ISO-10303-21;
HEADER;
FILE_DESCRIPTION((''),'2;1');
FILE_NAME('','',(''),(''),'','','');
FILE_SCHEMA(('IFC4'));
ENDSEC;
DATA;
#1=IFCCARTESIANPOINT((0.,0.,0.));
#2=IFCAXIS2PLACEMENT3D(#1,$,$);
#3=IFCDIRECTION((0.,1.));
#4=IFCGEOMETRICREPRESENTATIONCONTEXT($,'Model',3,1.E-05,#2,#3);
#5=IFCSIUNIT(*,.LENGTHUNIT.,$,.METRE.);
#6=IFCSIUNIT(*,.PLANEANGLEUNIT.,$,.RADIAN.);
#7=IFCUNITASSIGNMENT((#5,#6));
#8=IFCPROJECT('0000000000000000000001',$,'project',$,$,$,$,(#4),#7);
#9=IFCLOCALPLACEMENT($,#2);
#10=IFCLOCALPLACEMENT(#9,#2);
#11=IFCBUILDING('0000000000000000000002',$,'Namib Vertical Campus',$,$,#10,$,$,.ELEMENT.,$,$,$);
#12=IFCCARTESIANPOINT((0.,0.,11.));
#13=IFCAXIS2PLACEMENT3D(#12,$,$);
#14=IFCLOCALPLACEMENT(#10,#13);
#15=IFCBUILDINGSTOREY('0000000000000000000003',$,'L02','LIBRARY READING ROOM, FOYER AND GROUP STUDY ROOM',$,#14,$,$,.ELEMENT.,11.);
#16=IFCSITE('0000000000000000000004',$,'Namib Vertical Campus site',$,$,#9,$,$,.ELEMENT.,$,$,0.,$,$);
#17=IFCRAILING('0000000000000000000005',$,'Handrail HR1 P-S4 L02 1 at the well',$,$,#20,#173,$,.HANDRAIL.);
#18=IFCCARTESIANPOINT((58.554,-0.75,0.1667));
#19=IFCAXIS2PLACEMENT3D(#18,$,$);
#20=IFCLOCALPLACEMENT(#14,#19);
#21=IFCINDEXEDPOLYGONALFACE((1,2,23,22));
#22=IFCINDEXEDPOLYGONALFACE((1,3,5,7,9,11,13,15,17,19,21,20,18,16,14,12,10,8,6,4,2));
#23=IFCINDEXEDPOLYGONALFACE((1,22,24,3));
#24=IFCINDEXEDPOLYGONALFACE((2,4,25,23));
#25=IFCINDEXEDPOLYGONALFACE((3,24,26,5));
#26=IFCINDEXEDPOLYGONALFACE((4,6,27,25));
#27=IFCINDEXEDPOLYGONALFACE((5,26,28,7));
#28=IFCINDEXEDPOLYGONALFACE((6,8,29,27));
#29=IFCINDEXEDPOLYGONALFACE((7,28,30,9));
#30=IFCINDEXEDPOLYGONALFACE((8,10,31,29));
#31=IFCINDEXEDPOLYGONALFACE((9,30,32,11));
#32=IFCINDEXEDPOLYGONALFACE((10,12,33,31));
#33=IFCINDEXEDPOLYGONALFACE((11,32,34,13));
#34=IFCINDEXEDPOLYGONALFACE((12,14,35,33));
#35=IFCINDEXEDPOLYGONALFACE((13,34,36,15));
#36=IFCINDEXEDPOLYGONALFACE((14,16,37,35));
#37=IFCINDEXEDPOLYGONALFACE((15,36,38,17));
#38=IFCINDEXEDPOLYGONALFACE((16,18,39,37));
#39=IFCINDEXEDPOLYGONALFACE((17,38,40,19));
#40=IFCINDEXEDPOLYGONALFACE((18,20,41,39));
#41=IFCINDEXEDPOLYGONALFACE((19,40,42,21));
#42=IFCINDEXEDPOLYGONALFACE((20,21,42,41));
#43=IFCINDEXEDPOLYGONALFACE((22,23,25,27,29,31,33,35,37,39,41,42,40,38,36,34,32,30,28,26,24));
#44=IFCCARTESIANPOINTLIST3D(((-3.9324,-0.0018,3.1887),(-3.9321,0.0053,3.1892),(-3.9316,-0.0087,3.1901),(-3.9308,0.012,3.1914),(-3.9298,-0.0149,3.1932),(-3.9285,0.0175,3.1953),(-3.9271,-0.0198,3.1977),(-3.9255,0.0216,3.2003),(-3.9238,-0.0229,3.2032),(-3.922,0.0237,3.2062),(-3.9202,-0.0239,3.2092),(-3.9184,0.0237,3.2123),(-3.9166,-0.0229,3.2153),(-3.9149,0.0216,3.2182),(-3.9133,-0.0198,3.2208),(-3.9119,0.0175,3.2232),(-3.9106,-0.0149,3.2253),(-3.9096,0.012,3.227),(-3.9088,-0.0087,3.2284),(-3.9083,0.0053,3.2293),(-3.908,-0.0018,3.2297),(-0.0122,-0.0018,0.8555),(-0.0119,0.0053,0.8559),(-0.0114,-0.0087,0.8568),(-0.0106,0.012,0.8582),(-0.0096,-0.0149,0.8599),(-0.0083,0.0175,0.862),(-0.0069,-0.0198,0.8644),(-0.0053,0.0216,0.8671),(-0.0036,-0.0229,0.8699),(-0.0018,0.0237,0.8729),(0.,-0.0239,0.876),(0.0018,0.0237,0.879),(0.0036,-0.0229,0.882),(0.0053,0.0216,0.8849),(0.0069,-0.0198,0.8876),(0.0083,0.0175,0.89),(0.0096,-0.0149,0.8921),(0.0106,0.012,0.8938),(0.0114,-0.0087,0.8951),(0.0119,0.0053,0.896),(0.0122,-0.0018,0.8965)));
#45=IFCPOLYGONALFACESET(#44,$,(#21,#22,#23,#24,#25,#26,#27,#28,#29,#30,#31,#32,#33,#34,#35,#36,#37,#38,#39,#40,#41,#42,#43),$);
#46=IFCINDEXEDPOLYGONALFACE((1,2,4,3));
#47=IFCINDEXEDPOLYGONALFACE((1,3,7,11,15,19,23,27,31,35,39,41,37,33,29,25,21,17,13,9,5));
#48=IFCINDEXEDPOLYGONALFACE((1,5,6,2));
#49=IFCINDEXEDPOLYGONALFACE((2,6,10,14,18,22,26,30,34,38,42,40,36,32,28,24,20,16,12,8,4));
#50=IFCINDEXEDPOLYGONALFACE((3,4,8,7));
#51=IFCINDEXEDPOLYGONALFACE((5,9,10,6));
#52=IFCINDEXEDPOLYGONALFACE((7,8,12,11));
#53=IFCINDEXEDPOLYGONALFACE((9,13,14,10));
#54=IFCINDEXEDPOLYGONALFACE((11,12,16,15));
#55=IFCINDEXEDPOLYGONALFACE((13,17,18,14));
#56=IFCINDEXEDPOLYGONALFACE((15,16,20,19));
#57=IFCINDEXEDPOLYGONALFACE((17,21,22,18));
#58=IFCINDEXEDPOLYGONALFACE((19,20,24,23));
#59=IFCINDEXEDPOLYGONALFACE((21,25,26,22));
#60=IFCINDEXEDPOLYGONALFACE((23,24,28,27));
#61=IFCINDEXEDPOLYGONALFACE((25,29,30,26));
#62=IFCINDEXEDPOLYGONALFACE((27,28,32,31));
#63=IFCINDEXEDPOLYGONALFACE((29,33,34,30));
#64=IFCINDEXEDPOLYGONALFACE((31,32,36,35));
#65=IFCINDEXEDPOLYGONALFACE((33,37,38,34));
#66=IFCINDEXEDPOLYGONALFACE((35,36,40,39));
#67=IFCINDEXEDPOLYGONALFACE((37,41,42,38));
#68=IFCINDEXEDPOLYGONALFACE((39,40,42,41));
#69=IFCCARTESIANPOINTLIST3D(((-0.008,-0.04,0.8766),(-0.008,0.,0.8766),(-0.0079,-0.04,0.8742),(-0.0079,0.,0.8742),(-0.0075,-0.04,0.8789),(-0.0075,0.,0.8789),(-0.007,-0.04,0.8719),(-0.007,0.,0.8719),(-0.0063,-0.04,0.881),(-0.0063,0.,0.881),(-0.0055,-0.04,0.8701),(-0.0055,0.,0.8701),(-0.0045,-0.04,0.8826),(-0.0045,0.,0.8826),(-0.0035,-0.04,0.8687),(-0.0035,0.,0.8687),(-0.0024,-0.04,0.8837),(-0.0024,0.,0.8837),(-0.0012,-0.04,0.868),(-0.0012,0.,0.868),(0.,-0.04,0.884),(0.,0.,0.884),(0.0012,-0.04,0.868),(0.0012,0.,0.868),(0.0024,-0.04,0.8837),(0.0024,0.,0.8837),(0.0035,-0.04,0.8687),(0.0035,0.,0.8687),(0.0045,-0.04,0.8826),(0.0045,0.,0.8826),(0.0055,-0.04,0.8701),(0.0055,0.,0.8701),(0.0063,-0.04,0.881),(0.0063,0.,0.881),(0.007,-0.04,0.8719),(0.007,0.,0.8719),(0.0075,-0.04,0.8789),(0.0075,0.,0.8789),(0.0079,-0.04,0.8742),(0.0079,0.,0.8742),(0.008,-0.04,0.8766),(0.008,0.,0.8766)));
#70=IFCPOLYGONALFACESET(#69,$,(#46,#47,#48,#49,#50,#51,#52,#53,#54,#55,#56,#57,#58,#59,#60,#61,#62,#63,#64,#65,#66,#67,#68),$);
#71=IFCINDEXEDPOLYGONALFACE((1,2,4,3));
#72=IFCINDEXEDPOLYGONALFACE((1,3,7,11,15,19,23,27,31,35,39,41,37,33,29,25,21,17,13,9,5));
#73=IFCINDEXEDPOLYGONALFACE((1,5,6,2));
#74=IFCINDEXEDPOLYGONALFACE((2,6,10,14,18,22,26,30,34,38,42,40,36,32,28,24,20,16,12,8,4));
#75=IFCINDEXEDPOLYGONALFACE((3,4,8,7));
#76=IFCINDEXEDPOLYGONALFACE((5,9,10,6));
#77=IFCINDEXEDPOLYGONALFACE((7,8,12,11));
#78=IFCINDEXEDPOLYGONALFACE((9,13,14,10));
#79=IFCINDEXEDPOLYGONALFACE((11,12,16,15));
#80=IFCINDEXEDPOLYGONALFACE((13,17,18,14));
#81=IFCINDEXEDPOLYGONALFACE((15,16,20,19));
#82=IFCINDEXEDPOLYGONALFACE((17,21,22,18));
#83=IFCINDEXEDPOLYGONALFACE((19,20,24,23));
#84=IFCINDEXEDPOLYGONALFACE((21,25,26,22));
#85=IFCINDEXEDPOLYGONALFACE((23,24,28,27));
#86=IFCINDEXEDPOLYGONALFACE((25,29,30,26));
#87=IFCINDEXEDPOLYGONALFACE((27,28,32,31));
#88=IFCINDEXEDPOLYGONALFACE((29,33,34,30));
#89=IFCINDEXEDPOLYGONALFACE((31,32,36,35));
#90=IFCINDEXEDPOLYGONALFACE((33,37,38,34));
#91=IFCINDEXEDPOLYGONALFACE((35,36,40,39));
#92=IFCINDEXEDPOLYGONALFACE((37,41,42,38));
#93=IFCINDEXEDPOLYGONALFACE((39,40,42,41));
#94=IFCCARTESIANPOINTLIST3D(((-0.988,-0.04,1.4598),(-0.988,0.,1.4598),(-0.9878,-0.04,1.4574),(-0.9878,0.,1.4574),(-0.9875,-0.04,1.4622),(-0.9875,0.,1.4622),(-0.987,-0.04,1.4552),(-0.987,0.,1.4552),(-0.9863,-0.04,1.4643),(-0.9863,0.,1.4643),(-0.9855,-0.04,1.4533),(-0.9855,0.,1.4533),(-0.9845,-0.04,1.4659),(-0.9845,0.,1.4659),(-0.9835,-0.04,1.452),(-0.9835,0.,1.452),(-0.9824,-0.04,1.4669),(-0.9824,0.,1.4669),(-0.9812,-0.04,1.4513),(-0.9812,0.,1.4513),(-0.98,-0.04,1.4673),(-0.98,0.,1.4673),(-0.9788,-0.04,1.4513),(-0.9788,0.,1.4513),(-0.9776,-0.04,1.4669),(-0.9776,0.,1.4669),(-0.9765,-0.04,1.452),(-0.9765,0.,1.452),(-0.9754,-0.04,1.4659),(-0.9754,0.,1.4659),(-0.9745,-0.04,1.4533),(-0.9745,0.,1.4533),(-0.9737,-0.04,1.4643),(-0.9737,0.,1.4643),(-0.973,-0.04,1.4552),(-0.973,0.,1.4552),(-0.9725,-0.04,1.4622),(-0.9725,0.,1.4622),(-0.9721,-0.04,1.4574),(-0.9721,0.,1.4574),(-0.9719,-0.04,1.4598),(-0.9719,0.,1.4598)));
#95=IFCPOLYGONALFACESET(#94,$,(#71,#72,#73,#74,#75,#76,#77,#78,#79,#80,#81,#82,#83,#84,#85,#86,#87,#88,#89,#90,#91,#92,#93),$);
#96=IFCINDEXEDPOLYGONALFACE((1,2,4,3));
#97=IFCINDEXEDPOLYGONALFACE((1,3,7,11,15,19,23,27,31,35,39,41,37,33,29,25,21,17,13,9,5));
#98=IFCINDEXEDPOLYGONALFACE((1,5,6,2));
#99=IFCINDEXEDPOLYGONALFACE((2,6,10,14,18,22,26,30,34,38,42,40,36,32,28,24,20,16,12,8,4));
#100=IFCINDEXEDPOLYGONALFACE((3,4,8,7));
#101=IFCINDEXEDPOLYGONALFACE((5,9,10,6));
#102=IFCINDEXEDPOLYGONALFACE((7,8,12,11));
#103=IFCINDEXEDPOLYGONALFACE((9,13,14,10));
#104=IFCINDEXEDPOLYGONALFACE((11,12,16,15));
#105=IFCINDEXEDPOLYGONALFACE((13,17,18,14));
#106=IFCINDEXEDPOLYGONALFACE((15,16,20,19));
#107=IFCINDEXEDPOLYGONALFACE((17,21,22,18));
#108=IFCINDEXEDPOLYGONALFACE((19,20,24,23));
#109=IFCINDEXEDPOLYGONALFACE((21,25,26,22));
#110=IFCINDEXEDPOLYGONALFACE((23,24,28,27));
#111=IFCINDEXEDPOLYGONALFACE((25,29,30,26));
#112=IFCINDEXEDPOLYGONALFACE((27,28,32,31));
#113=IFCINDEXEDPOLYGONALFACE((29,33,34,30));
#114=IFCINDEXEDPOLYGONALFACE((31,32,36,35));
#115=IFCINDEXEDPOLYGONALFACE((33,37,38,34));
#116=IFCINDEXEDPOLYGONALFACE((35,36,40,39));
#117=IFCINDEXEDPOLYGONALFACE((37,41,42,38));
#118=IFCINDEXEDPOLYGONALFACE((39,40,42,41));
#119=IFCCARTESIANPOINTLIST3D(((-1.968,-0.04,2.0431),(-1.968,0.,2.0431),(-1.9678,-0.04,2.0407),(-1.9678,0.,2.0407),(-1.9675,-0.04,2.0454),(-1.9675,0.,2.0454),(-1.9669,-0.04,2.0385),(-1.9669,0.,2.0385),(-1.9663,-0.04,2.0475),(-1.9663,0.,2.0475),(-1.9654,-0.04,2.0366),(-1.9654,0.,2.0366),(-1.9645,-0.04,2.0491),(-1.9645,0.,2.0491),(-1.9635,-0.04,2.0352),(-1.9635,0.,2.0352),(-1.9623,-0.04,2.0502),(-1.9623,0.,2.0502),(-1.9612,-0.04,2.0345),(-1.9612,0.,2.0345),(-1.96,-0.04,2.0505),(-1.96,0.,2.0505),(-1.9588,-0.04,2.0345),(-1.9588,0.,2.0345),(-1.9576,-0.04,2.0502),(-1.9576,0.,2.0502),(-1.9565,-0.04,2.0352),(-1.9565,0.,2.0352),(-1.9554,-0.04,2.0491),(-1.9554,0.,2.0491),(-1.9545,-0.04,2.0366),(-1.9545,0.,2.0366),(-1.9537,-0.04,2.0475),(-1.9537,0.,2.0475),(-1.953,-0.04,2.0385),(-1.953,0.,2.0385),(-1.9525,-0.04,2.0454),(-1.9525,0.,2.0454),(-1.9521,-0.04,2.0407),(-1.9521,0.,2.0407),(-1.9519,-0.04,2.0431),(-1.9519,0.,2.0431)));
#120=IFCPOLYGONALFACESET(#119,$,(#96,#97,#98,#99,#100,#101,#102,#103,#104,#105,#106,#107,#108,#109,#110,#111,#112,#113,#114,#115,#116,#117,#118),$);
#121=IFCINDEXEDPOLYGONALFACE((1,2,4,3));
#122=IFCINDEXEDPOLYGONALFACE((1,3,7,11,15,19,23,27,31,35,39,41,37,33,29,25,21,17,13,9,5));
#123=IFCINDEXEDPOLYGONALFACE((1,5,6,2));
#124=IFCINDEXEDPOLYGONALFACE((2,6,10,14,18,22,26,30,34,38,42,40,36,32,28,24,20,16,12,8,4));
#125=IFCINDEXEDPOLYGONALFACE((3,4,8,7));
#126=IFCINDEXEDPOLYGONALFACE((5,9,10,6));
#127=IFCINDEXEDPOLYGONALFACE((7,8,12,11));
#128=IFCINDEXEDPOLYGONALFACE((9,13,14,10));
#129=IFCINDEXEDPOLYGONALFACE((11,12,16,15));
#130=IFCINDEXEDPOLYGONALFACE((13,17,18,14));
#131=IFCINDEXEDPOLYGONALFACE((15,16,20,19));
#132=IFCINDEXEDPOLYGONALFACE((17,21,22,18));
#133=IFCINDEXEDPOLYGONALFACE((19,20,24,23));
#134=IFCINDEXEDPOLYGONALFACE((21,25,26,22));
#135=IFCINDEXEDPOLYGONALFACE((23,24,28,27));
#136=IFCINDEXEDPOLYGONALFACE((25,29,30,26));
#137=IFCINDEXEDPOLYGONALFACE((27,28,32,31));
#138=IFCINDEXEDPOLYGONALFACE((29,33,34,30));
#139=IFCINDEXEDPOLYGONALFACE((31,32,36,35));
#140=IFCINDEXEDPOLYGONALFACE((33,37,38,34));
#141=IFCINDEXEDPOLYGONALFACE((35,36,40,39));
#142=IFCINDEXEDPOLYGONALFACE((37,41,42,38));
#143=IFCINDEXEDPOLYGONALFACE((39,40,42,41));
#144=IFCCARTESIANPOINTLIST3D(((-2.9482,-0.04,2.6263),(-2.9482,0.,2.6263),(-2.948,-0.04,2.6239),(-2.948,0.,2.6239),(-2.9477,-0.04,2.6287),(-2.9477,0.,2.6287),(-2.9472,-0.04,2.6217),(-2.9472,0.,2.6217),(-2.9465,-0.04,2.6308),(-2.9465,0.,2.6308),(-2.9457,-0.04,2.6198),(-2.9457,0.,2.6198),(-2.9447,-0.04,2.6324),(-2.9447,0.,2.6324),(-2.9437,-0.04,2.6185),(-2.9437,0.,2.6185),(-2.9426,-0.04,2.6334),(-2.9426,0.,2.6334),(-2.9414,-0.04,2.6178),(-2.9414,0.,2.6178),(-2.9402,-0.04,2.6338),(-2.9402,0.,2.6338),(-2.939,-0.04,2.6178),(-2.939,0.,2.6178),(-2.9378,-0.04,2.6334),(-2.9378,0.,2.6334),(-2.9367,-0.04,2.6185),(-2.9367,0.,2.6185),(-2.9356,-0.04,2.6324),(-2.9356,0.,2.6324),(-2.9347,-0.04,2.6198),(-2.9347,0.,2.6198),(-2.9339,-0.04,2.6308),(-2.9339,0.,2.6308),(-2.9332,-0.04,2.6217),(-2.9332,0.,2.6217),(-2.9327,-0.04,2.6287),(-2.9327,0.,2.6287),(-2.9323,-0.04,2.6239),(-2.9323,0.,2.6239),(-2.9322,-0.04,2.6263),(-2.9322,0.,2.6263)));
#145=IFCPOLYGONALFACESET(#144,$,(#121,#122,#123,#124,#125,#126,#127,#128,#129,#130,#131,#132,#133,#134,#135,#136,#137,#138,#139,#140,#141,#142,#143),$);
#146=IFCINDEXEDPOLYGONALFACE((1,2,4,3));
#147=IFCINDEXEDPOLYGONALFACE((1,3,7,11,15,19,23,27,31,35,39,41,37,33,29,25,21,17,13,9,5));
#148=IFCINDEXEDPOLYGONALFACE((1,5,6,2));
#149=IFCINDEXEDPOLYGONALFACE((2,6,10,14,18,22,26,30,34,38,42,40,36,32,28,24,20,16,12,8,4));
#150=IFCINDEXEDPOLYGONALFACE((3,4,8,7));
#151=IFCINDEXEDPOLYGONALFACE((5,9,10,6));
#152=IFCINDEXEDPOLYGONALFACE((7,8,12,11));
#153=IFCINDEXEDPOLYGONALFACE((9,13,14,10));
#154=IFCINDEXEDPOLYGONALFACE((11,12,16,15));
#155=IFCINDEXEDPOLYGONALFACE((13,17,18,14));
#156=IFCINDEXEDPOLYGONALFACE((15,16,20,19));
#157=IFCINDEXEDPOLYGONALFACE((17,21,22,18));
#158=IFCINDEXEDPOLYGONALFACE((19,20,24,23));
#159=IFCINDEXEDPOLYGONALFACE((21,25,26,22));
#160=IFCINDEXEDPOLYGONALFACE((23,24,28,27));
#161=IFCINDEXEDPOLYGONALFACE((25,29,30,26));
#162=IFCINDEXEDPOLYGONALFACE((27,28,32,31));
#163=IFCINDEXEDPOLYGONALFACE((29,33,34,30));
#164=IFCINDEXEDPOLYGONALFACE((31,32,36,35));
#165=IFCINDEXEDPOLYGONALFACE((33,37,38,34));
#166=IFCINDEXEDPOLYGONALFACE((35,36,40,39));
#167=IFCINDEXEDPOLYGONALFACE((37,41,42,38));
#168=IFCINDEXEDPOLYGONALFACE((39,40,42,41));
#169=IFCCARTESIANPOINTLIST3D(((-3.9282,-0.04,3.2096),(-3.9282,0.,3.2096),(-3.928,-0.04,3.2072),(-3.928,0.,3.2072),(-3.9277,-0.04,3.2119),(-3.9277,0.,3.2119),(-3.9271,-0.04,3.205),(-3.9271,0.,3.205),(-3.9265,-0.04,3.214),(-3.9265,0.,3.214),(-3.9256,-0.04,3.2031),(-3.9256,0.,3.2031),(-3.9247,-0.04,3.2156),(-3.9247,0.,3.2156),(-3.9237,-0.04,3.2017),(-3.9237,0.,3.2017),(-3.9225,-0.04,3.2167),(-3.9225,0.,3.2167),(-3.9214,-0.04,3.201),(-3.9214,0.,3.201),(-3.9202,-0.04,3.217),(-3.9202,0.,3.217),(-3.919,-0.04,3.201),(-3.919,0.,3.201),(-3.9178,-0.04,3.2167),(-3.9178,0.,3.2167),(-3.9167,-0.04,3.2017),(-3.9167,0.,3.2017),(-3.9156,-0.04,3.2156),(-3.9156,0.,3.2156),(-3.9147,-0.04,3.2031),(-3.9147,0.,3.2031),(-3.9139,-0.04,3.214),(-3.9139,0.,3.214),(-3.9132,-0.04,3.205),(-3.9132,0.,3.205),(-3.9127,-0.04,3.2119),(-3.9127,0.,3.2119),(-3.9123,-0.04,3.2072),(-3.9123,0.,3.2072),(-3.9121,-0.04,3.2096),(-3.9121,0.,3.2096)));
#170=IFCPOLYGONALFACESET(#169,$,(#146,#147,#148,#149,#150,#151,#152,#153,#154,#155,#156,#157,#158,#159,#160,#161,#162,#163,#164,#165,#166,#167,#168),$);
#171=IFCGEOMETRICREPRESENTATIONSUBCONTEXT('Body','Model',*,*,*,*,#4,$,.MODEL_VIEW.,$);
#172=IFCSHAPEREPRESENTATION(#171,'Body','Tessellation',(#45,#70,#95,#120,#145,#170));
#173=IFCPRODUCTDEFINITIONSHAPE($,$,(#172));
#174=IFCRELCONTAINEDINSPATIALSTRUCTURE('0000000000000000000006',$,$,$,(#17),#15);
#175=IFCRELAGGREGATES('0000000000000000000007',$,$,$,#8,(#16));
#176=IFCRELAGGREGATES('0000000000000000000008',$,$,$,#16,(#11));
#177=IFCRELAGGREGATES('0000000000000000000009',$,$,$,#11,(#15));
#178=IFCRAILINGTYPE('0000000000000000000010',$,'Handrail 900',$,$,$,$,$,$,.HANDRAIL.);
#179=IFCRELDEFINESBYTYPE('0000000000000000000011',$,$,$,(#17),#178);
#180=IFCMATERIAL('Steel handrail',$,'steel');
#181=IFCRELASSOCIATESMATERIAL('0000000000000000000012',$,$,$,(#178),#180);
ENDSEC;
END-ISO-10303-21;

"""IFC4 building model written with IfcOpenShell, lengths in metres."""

from ifc_helpers import new_model, si_unit, direction, frame, origin, origin_2d, place, context, subcontext, project, spatial, circle, extrude, material, type_object, element, save


model = new_model("IFC4")

# Units and contexts
model_context = context("Model", 3, precision=1e-05, world=origin(), true_north=direction((0.0, 1.0)))
body_context = subcontext(model_context, "Body", "Model", "MODEL_VIEW")
ifc_project = project(units=[si_unit("LENGTHUNIT", "METRE"), si_unit("PLANEANGLEUNIT", "RADIAN")], contexts=[model_context])

# Site, building, storey
site_placement = place(None, origin())
site = spatial("IfcSite", under=ifc_project, at=site_placement, Name="Namib Vertical Campus site", CompositionType="ELEMENT", RefElevation=0.0)
building_placement = place(site_placement, origin())
building = spatial("IfcBuilding", under=site, at=building_placement, Name="Namib Vertical Campus", CompositionType="ELEMENT")
storey_placement = place(building_placement, frame((0.0, 0.0, 11.0)))
storey = spatial("IfcBuildingStorey", under=building, at=storey_placement, Name="L02", Description="LIBRARY READING ROOM, FOYER AND GROUP STUDY ROOM", CompositionType="ELEMENT", Elevation=11.0)

# Railing
ifc_material_1 = material(Name="Steel handrail", Category="steel")
railing_type_1 = type_object("IfcRailingType", Name="Handrail 900", PredefinedType="HANDRAIL", material=ifc_material_1)
railing_1_placement = place(storey_placement, frame((58.554, -0.75, 0.1667)))
element("IfcRailing", 1, at=railing_1_placement, inside=storey, type_object=railing_type_1, Name="Handrail HR1 P-S4 L02 1 at the well", PredefinedType="HANDRAIL", context=body_context, shape_type="SweptSolid", body=[
    extrude(circle(Radius=0.0239, at=origin_2d()), frame((0.0, 0.0, 0.876), z_axis=(-0.85931, 0.0, 0.511455), x_axis=(0.0, -1.0, 0.0)), (0.0, 0.0, 1.0), 4.562),
    extrude(circle(Radius=0.0081, at=origin_2d()), frame((0.0, 0.0, 0.876), z_axis=(0.0, -1.0, 0.0), x_axis=(0.0, 0.0, 1.0)), (0.0, 0.0, 1.0), 0.04),
    extrude(circle(Radius=0.0081, at=origin_2d()), frame((-0.98, 0.0, 1.4592), z_axis=(0.0, -1.0, 0.0), x_axis=(0.0, 0.0, 1.0)), (0.0, 0.0, 1.0), 0.04),
    extrude(circle(Radius=0.0081, at=origin_2d()), frame((-1.96, 0.0, 2.0425), z_axis=(0.0, -1.0, 0.0), x_axis=(0.0, 0.0, 1.0)), (0.0, 0.0, 1.0), 0.04),
    extrude(circle(Radius=0.0081, at=origin_2d()), frame((-2.9402, 0.0, 2.6257), z_axis=(0.0, -1.0, 0.0), x_axis=(0.0, 0.0, 1.0)), (0.0, 0.0, 1.0), 0.04),
    extrude(circle(Radius=0.0081, at=origin_2d()), frame((-3.9202, 0.0, 3.209), z_axis=(0.0, -1.0, 0.0), x_axis=(0.0, 0.0, 1.0)), (0.0, 0.0, 1.0), 0.04),
])

save(model, "model.ifc")
